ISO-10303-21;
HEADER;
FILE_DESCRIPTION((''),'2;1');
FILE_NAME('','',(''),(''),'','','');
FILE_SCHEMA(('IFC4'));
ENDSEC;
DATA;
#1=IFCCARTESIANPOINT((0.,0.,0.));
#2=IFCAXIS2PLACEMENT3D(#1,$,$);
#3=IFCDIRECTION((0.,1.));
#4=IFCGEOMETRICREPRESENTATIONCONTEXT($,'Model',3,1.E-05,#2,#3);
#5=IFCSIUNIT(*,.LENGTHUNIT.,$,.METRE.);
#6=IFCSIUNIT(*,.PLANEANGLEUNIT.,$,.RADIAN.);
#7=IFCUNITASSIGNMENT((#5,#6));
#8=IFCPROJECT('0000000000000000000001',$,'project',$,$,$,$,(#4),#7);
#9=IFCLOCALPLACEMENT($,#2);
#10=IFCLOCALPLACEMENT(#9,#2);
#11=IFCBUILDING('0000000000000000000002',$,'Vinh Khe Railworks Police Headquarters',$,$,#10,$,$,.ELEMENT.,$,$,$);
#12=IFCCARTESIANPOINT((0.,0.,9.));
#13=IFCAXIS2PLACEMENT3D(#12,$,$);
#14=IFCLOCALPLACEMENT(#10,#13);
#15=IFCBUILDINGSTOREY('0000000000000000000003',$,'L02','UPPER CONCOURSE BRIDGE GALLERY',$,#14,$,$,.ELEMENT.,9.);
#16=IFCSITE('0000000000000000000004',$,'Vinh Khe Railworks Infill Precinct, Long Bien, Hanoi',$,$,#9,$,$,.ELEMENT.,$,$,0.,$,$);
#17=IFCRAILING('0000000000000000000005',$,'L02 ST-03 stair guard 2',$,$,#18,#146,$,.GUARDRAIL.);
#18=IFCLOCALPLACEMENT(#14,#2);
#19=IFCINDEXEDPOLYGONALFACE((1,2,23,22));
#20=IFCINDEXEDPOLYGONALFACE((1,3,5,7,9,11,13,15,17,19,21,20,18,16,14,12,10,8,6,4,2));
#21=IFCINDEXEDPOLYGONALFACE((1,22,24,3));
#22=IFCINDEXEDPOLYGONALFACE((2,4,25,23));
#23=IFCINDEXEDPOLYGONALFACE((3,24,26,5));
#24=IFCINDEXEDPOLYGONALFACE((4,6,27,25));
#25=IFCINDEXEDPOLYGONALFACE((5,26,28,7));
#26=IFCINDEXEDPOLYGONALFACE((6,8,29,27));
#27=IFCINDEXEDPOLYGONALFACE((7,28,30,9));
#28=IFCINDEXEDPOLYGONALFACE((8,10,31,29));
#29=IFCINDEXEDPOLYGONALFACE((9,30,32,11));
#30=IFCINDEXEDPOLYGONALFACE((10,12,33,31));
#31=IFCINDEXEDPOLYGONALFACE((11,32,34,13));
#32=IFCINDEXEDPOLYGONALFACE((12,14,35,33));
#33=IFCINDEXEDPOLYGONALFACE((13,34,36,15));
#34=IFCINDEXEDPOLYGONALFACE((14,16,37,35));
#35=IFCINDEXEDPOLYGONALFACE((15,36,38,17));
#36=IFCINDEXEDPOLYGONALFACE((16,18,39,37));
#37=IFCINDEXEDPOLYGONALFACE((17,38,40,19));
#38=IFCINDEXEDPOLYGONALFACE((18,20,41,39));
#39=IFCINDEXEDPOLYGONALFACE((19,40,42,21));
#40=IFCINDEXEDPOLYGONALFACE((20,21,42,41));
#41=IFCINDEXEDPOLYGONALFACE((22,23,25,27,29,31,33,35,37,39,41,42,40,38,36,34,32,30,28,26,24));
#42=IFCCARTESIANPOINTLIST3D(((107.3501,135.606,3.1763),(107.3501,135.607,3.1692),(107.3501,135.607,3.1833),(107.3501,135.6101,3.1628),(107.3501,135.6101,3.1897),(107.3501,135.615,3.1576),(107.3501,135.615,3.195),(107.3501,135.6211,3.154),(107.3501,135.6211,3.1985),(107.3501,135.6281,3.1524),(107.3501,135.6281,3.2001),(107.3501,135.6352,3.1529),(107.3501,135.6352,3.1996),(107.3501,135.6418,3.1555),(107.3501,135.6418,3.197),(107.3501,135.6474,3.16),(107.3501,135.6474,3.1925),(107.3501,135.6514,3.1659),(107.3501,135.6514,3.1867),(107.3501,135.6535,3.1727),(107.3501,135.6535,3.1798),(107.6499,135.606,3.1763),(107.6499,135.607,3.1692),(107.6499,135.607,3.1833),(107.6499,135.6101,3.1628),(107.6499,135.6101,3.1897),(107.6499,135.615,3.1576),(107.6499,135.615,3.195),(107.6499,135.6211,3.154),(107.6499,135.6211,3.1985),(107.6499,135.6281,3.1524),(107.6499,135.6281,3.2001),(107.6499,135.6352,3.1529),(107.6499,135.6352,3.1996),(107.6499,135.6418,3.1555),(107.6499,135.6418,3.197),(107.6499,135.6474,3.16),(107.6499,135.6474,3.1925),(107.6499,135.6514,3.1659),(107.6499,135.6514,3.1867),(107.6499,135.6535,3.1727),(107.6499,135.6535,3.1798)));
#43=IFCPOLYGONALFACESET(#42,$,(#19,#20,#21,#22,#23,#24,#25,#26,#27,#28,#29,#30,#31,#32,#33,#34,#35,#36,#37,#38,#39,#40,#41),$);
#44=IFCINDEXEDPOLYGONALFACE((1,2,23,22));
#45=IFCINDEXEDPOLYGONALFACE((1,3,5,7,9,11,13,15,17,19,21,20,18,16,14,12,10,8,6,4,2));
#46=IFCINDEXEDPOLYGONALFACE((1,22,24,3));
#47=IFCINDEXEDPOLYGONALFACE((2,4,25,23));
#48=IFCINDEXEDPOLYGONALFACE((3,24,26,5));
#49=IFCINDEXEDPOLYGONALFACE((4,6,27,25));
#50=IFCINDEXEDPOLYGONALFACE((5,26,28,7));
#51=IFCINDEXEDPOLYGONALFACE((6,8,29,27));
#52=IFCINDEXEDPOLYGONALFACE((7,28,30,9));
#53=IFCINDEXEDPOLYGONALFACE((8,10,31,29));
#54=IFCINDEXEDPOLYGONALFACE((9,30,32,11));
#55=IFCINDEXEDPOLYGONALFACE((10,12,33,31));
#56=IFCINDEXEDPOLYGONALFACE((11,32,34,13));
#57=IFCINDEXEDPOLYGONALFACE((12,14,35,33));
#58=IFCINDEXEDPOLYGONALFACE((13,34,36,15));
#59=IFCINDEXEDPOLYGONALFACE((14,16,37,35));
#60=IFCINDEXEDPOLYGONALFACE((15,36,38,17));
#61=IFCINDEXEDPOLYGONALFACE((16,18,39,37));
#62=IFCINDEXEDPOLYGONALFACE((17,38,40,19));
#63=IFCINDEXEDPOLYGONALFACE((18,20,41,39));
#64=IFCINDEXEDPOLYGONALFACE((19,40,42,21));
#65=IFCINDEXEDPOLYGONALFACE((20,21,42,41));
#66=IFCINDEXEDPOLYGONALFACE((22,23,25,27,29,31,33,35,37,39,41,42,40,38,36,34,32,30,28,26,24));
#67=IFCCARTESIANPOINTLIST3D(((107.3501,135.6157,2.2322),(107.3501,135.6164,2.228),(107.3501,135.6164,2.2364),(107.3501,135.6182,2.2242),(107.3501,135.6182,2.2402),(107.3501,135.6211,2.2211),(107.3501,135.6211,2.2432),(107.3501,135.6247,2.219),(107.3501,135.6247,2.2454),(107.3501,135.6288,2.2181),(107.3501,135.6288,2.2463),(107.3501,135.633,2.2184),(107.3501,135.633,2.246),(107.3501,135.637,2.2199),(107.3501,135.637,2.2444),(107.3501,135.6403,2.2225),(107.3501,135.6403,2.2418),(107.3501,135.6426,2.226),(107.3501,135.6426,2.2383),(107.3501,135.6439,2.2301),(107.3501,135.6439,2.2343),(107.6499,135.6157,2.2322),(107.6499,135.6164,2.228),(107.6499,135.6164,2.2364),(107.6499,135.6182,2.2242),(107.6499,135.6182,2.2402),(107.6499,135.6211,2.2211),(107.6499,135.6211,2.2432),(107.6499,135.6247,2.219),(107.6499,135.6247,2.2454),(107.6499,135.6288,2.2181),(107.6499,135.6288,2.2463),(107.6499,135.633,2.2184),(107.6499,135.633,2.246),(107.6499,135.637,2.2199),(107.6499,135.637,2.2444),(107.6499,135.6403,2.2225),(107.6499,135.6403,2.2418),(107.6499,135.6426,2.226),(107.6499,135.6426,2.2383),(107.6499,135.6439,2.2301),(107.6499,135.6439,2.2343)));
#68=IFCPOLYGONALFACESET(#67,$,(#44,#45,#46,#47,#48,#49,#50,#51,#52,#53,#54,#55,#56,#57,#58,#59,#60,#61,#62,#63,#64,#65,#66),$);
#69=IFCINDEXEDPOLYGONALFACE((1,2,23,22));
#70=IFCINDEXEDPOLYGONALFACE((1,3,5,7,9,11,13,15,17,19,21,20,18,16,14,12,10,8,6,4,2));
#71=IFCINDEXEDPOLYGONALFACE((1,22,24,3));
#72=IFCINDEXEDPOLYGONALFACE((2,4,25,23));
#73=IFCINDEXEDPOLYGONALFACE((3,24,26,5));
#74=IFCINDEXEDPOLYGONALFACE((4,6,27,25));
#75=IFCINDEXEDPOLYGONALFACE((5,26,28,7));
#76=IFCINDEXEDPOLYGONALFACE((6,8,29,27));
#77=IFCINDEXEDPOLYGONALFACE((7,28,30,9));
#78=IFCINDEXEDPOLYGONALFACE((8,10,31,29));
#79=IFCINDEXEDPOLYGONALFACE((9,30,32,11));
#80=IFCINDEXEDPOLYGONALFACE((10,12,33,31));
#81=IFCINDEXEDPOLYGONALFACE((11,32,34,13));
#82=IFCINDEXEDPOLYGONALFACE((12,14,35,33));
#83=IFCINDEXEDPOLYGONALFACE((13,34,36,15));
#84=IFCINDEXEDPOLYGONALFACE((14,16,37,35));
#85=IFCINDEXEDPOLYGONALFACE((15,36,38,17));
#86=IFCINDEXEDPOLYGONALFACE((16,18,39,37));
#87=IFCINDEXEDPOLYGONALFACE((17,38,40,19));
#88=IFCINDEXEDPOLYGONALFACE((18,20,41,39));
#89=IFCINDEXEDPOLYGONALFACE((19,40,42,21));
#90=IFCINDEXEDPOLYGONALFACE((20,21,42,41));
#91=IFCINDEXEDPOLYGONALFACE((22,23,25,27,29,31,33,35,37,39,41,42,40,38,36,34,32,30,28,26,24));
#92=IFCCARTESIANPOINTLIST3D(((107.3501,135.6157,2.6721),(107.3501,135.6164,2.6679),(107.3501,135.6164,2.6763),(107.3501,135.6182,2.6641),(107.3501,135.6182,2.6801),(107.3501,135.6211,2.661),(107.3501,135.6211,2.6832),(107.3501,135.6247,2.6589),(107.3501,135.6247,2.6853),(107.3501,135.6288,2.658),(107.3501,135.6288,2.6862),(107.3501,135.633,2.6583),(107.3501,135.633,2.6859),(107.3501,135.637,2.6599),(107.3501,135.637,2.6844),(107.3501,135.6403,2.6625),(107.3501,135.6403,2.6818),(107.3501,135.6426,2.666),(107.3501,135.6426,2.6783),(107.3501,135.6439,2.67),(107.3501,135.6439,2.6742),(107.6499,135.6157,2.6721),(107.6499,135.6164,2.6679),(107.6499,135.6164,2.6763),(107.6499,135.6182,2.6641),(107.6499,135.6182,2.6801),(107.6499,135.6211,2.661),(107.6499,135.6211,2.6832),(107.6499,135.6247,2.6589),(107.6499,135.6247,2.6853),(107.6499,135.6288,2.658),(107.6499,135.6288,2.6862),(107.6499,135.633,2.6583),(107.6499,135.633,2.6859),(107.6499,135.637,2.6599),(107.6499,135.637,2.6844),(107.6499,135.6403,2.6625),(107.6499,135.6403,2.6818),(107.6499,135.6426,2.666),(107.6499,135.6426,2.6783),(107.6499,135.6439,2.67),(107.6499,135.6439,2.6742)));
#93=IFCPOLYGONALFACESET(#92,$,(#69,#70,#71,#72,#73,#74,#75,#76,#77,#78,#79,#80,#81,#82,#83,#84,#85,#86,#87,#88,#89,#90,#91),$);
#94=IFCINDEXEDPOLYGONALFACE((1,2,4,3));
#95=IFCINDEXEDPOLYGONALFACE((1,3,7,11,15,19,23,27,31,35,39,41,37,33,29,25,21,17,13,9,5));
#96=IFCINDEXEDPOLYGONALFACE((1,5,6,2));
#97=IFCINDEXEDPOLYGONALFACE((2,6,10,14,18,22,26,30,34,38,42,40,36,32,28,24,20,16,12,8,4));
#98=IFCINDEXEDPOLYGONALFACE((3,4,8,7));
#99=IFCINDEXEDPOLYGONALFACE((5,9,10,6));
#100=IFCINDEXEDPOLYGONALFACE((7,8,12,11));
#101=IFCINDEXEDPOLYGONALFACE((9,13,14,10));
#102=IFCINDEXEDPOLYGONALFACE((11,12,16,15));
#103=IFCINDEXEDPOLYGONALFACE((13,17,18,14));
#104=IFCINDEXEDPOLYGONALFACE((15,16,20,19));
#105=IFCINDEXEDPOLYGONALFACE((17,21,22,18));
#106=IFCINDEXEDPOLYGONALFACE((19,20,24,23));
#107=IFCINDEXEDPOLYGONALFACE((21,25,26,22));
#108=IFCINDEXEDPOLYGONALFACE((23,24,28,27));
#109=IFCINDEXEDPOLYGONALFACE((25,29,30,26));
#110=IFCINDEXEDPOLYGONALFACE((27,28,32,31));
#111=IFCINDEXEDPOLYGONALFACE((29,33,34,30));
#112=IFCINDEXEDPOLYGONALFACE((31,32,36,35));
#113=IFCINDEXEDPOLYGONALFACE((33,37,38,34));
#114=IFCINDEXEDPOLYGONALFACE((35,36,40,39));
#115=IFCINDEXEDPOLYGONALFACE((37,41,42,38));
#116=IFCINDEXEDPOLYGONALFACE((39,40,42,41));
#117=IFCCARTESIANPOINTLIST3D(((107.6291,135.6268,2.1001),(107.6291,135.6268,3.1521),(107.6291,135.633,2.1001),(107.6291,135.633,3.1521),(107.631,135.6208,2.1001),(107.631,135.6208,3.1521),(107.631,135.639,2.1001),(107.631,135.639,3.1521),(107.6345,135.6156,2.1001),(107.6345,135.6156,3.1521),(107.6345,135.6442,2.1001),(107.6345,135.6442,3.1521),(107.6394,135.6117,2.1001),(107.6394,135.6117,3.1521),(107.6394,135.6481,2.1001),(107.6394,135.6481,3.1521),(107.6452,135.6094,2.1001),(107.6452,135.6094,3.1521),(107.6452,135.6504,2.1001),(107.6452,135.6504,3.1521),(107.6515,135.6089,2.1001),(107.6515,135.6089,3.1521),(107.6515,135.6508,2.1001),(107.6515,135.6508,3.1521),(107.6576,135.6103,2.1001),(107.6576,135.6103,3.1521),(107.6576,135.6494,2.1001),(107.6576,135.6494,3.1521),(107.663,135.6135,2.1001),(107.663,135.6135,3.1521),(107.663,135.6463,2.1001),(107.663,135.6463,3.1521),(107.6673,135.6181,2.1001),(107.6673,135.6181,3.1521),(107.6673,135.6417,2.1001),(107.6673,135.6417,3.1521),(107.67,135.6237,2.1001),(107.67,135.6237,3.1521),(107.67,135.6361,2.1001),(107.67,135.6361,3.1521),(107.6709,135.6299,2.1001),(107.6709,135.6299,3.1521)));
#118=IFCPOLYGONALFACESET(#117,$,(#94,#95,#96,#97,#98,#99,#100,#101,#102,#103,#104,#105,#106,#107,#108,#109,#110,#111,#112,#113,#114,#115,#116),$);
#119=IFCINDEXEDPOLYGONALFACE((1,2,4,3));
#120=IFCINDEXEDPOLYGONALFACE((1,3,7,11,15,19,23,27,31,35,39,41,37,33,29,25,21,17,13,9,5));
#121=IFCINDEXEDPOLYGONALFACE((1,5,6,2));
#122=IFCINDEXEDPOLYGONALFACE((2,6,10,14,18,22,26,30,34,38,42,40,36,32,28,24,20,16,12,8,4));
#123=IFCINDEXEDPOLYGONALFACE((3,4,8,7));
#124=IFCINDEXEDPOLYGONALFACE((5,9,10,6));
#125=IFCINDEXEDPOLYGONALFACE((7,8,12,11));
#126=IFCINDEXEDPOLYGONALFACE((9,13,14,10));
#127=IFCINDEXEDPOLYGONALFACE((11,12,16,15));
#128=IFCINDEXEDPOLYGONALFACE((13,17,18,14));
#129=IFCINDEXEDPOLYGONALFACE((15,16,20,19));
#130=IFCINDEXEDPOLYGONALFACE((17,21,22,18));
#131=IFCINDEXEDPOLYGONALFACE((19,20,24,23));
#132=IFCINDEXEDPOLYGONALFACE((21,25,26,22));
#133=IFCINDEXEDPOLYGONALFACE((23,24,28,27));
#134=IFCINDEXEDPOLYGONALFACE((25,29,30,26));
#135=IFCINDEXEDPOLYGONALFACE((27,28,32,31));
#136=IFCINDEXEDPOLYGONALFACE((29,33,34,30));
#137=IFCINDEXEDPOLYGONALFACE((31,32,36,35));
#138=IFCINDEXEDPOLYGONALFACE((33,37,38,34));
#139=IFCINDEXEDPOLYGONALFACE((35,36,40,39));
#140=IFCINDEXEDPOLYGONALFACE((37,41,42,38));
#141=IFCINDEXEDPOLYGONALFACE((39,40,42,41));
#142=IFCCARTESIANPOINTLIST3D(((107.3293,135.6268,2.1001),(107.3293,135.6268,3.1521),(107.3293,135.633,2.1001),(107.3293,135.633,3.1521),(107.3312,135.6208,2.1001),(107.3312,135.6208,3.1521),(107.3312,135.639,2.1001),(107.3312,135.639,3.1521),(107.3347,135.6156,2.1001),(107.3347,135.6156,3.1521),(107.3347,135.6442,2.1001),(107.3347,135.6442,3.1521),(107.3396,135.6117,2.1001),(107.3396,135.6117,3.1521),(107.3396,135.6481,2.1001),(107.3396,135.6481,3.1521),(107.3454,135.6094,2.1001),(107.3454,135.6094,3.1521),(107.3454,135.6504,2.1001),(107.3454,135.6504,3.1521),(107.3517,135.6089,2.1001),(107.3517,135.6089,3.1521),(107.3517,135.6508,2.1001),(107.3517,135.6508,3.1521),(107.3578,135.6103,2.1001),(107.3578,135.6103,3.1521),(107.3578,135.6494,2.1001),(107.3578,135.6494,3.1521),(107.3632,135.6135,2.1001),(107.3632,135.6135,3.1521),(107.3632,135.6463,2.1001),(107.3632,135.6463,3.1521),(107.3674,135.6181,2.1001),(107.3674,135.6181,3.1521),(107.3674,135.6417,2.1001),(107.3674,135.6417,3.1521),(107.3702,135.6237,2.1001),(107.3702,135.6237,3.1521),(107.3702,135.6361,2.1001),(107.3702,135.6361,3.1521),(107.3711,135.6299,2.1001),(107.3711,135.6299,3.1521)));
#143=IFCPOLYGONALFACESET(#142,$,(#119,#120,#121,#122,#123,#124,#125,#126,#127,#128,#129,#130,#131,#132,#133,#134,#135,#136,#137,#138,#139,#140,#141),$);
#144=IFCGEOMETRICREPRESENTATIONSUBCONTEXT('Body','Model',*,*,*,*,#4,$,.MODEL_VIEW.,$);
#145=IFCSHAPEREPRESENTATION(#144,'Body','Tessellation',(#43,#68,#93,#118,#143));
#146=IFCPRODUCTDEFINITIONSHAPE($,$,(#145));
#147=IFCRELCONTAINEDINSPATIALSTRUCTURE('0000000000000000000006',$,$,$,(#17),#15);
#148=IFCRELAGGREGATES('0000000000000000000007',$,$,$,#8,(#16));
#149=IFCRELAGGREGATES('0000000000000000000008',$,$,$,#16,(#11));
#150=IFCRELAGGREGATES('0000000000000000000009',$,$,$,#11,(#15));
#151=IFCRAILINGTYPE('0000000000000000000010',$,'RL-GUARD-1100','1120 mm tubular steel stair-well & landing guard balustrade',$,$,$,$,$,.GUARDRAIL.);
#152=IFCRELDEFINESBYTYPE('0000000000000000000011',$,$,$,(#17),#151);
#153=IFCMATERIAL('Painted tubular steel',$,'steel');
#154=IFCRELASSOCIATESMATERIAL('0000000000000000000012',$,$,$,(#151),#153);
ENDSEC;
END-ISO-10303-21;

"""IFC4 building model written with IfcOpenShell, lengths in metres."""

from ifc_helpers import new_model, si_unit, direction, frame, origin, origin_2d, place, context, subcontext, project, spatial, circle, extrude, material, type_object, element, save


model = new_model("IFC4")

# Units and contexts
model_context = context("Model", 3, precision=1e-05, world=origin(), true_north=direction((0.0, 1.0)))
body_context = subcontext(model_context, "Body", "Model", "MODEL_VIEW")
ifc_project = project(units=[si_unit("LENGTHUNIT", "METRE"), si_unit("PLANEANGLEUNIT", "RADIAN")], contexts=[model_context])

# Site, building, storey
site_placement = place(None, origin())
site = spatial("IfcSite", under=ifc_project, at=site_placement, Name="Vinh Khe Railworks Infill Precinct, Long Bien, Hanoi", CompositionType="ELEMENT", RefElevation=0.0)
building_placement = place(site_placement, origin())
building = spatial("IfcBuilding", under=site, at=building_placement, Name="Vinh Khe Railworks Police Headquarters", CompositionType="ELEMENT")
storey_placement = place(building_placement, frame((0.0, 0.0, 9.0)))
storey = spatial("IfcBuildingStorey", under=building, at=storey_placement, Name="L02", Description="UPPER CONCOURSE BRIDGE GALLERY", CompositionType="ELEMENT", Elevation=9.0)

# Railing
ifc_material_1 = material(Name="Painted tubular steel", Category="steel")
railing_type = type_object("IfcRailingType", Name="RL-GUARD-1100", Description="1120 mm tubular steel stair-well & landing guard balustrade", PredefinedType="GUARDRAIL", material=ifc_material_1)
railing_1_placement = place(storey_placement, frame((107.6499, 135.6299, 2.1001)))
element("IfcRailing", 1, at=railing_1_placement, inside=storey, type_object=railing_type, Name="L02 ST-03 stair guard 2", PredefinedType="GUARDRAIL", context=body_context, shape_type="SweptSolid", body=[
    extrude(circle(Radius=0.0239, at=origin_2d()), frame((0.0, 0.0, 1.0762), z_axis=(-1.0, 0.0, 0.0), x_axis=(0.0, -1.0, 0.0)), (0.0, 0.0, 1.0), 0.2998),
    extrude(circle(Radius=0.0142, at=origin_2d()), frame((0.0, 0.0, 0.1321), z_axis=(-1.0, 0.0, 0.0), x_axis=(0.0, -1.0, 0.0)), (0.0, 0.0, 1.0), 0.2998),
    extrude(circle(Radius=0.0142, at=origin_2d()), frame((0.0, 0.0, 0.572), z_axis=(-1.0, 0.0, 0.0), x_axis=(0.0, -1.0, 0.0)), (0.0, 0.0, 1.0), 0.2998),
    extrude(circle(Radius=0.021, at=origin_2d()), origin(), (0.0, 0.0, 1.0), 1.052),
    extrude(circle(Radius=0.021, at=origin_2d()), frame((-0.2998, 0.0, 0.0)), (0.0, 0.0, 1.0), 1.052),
])

save(model, "model.ifc")
